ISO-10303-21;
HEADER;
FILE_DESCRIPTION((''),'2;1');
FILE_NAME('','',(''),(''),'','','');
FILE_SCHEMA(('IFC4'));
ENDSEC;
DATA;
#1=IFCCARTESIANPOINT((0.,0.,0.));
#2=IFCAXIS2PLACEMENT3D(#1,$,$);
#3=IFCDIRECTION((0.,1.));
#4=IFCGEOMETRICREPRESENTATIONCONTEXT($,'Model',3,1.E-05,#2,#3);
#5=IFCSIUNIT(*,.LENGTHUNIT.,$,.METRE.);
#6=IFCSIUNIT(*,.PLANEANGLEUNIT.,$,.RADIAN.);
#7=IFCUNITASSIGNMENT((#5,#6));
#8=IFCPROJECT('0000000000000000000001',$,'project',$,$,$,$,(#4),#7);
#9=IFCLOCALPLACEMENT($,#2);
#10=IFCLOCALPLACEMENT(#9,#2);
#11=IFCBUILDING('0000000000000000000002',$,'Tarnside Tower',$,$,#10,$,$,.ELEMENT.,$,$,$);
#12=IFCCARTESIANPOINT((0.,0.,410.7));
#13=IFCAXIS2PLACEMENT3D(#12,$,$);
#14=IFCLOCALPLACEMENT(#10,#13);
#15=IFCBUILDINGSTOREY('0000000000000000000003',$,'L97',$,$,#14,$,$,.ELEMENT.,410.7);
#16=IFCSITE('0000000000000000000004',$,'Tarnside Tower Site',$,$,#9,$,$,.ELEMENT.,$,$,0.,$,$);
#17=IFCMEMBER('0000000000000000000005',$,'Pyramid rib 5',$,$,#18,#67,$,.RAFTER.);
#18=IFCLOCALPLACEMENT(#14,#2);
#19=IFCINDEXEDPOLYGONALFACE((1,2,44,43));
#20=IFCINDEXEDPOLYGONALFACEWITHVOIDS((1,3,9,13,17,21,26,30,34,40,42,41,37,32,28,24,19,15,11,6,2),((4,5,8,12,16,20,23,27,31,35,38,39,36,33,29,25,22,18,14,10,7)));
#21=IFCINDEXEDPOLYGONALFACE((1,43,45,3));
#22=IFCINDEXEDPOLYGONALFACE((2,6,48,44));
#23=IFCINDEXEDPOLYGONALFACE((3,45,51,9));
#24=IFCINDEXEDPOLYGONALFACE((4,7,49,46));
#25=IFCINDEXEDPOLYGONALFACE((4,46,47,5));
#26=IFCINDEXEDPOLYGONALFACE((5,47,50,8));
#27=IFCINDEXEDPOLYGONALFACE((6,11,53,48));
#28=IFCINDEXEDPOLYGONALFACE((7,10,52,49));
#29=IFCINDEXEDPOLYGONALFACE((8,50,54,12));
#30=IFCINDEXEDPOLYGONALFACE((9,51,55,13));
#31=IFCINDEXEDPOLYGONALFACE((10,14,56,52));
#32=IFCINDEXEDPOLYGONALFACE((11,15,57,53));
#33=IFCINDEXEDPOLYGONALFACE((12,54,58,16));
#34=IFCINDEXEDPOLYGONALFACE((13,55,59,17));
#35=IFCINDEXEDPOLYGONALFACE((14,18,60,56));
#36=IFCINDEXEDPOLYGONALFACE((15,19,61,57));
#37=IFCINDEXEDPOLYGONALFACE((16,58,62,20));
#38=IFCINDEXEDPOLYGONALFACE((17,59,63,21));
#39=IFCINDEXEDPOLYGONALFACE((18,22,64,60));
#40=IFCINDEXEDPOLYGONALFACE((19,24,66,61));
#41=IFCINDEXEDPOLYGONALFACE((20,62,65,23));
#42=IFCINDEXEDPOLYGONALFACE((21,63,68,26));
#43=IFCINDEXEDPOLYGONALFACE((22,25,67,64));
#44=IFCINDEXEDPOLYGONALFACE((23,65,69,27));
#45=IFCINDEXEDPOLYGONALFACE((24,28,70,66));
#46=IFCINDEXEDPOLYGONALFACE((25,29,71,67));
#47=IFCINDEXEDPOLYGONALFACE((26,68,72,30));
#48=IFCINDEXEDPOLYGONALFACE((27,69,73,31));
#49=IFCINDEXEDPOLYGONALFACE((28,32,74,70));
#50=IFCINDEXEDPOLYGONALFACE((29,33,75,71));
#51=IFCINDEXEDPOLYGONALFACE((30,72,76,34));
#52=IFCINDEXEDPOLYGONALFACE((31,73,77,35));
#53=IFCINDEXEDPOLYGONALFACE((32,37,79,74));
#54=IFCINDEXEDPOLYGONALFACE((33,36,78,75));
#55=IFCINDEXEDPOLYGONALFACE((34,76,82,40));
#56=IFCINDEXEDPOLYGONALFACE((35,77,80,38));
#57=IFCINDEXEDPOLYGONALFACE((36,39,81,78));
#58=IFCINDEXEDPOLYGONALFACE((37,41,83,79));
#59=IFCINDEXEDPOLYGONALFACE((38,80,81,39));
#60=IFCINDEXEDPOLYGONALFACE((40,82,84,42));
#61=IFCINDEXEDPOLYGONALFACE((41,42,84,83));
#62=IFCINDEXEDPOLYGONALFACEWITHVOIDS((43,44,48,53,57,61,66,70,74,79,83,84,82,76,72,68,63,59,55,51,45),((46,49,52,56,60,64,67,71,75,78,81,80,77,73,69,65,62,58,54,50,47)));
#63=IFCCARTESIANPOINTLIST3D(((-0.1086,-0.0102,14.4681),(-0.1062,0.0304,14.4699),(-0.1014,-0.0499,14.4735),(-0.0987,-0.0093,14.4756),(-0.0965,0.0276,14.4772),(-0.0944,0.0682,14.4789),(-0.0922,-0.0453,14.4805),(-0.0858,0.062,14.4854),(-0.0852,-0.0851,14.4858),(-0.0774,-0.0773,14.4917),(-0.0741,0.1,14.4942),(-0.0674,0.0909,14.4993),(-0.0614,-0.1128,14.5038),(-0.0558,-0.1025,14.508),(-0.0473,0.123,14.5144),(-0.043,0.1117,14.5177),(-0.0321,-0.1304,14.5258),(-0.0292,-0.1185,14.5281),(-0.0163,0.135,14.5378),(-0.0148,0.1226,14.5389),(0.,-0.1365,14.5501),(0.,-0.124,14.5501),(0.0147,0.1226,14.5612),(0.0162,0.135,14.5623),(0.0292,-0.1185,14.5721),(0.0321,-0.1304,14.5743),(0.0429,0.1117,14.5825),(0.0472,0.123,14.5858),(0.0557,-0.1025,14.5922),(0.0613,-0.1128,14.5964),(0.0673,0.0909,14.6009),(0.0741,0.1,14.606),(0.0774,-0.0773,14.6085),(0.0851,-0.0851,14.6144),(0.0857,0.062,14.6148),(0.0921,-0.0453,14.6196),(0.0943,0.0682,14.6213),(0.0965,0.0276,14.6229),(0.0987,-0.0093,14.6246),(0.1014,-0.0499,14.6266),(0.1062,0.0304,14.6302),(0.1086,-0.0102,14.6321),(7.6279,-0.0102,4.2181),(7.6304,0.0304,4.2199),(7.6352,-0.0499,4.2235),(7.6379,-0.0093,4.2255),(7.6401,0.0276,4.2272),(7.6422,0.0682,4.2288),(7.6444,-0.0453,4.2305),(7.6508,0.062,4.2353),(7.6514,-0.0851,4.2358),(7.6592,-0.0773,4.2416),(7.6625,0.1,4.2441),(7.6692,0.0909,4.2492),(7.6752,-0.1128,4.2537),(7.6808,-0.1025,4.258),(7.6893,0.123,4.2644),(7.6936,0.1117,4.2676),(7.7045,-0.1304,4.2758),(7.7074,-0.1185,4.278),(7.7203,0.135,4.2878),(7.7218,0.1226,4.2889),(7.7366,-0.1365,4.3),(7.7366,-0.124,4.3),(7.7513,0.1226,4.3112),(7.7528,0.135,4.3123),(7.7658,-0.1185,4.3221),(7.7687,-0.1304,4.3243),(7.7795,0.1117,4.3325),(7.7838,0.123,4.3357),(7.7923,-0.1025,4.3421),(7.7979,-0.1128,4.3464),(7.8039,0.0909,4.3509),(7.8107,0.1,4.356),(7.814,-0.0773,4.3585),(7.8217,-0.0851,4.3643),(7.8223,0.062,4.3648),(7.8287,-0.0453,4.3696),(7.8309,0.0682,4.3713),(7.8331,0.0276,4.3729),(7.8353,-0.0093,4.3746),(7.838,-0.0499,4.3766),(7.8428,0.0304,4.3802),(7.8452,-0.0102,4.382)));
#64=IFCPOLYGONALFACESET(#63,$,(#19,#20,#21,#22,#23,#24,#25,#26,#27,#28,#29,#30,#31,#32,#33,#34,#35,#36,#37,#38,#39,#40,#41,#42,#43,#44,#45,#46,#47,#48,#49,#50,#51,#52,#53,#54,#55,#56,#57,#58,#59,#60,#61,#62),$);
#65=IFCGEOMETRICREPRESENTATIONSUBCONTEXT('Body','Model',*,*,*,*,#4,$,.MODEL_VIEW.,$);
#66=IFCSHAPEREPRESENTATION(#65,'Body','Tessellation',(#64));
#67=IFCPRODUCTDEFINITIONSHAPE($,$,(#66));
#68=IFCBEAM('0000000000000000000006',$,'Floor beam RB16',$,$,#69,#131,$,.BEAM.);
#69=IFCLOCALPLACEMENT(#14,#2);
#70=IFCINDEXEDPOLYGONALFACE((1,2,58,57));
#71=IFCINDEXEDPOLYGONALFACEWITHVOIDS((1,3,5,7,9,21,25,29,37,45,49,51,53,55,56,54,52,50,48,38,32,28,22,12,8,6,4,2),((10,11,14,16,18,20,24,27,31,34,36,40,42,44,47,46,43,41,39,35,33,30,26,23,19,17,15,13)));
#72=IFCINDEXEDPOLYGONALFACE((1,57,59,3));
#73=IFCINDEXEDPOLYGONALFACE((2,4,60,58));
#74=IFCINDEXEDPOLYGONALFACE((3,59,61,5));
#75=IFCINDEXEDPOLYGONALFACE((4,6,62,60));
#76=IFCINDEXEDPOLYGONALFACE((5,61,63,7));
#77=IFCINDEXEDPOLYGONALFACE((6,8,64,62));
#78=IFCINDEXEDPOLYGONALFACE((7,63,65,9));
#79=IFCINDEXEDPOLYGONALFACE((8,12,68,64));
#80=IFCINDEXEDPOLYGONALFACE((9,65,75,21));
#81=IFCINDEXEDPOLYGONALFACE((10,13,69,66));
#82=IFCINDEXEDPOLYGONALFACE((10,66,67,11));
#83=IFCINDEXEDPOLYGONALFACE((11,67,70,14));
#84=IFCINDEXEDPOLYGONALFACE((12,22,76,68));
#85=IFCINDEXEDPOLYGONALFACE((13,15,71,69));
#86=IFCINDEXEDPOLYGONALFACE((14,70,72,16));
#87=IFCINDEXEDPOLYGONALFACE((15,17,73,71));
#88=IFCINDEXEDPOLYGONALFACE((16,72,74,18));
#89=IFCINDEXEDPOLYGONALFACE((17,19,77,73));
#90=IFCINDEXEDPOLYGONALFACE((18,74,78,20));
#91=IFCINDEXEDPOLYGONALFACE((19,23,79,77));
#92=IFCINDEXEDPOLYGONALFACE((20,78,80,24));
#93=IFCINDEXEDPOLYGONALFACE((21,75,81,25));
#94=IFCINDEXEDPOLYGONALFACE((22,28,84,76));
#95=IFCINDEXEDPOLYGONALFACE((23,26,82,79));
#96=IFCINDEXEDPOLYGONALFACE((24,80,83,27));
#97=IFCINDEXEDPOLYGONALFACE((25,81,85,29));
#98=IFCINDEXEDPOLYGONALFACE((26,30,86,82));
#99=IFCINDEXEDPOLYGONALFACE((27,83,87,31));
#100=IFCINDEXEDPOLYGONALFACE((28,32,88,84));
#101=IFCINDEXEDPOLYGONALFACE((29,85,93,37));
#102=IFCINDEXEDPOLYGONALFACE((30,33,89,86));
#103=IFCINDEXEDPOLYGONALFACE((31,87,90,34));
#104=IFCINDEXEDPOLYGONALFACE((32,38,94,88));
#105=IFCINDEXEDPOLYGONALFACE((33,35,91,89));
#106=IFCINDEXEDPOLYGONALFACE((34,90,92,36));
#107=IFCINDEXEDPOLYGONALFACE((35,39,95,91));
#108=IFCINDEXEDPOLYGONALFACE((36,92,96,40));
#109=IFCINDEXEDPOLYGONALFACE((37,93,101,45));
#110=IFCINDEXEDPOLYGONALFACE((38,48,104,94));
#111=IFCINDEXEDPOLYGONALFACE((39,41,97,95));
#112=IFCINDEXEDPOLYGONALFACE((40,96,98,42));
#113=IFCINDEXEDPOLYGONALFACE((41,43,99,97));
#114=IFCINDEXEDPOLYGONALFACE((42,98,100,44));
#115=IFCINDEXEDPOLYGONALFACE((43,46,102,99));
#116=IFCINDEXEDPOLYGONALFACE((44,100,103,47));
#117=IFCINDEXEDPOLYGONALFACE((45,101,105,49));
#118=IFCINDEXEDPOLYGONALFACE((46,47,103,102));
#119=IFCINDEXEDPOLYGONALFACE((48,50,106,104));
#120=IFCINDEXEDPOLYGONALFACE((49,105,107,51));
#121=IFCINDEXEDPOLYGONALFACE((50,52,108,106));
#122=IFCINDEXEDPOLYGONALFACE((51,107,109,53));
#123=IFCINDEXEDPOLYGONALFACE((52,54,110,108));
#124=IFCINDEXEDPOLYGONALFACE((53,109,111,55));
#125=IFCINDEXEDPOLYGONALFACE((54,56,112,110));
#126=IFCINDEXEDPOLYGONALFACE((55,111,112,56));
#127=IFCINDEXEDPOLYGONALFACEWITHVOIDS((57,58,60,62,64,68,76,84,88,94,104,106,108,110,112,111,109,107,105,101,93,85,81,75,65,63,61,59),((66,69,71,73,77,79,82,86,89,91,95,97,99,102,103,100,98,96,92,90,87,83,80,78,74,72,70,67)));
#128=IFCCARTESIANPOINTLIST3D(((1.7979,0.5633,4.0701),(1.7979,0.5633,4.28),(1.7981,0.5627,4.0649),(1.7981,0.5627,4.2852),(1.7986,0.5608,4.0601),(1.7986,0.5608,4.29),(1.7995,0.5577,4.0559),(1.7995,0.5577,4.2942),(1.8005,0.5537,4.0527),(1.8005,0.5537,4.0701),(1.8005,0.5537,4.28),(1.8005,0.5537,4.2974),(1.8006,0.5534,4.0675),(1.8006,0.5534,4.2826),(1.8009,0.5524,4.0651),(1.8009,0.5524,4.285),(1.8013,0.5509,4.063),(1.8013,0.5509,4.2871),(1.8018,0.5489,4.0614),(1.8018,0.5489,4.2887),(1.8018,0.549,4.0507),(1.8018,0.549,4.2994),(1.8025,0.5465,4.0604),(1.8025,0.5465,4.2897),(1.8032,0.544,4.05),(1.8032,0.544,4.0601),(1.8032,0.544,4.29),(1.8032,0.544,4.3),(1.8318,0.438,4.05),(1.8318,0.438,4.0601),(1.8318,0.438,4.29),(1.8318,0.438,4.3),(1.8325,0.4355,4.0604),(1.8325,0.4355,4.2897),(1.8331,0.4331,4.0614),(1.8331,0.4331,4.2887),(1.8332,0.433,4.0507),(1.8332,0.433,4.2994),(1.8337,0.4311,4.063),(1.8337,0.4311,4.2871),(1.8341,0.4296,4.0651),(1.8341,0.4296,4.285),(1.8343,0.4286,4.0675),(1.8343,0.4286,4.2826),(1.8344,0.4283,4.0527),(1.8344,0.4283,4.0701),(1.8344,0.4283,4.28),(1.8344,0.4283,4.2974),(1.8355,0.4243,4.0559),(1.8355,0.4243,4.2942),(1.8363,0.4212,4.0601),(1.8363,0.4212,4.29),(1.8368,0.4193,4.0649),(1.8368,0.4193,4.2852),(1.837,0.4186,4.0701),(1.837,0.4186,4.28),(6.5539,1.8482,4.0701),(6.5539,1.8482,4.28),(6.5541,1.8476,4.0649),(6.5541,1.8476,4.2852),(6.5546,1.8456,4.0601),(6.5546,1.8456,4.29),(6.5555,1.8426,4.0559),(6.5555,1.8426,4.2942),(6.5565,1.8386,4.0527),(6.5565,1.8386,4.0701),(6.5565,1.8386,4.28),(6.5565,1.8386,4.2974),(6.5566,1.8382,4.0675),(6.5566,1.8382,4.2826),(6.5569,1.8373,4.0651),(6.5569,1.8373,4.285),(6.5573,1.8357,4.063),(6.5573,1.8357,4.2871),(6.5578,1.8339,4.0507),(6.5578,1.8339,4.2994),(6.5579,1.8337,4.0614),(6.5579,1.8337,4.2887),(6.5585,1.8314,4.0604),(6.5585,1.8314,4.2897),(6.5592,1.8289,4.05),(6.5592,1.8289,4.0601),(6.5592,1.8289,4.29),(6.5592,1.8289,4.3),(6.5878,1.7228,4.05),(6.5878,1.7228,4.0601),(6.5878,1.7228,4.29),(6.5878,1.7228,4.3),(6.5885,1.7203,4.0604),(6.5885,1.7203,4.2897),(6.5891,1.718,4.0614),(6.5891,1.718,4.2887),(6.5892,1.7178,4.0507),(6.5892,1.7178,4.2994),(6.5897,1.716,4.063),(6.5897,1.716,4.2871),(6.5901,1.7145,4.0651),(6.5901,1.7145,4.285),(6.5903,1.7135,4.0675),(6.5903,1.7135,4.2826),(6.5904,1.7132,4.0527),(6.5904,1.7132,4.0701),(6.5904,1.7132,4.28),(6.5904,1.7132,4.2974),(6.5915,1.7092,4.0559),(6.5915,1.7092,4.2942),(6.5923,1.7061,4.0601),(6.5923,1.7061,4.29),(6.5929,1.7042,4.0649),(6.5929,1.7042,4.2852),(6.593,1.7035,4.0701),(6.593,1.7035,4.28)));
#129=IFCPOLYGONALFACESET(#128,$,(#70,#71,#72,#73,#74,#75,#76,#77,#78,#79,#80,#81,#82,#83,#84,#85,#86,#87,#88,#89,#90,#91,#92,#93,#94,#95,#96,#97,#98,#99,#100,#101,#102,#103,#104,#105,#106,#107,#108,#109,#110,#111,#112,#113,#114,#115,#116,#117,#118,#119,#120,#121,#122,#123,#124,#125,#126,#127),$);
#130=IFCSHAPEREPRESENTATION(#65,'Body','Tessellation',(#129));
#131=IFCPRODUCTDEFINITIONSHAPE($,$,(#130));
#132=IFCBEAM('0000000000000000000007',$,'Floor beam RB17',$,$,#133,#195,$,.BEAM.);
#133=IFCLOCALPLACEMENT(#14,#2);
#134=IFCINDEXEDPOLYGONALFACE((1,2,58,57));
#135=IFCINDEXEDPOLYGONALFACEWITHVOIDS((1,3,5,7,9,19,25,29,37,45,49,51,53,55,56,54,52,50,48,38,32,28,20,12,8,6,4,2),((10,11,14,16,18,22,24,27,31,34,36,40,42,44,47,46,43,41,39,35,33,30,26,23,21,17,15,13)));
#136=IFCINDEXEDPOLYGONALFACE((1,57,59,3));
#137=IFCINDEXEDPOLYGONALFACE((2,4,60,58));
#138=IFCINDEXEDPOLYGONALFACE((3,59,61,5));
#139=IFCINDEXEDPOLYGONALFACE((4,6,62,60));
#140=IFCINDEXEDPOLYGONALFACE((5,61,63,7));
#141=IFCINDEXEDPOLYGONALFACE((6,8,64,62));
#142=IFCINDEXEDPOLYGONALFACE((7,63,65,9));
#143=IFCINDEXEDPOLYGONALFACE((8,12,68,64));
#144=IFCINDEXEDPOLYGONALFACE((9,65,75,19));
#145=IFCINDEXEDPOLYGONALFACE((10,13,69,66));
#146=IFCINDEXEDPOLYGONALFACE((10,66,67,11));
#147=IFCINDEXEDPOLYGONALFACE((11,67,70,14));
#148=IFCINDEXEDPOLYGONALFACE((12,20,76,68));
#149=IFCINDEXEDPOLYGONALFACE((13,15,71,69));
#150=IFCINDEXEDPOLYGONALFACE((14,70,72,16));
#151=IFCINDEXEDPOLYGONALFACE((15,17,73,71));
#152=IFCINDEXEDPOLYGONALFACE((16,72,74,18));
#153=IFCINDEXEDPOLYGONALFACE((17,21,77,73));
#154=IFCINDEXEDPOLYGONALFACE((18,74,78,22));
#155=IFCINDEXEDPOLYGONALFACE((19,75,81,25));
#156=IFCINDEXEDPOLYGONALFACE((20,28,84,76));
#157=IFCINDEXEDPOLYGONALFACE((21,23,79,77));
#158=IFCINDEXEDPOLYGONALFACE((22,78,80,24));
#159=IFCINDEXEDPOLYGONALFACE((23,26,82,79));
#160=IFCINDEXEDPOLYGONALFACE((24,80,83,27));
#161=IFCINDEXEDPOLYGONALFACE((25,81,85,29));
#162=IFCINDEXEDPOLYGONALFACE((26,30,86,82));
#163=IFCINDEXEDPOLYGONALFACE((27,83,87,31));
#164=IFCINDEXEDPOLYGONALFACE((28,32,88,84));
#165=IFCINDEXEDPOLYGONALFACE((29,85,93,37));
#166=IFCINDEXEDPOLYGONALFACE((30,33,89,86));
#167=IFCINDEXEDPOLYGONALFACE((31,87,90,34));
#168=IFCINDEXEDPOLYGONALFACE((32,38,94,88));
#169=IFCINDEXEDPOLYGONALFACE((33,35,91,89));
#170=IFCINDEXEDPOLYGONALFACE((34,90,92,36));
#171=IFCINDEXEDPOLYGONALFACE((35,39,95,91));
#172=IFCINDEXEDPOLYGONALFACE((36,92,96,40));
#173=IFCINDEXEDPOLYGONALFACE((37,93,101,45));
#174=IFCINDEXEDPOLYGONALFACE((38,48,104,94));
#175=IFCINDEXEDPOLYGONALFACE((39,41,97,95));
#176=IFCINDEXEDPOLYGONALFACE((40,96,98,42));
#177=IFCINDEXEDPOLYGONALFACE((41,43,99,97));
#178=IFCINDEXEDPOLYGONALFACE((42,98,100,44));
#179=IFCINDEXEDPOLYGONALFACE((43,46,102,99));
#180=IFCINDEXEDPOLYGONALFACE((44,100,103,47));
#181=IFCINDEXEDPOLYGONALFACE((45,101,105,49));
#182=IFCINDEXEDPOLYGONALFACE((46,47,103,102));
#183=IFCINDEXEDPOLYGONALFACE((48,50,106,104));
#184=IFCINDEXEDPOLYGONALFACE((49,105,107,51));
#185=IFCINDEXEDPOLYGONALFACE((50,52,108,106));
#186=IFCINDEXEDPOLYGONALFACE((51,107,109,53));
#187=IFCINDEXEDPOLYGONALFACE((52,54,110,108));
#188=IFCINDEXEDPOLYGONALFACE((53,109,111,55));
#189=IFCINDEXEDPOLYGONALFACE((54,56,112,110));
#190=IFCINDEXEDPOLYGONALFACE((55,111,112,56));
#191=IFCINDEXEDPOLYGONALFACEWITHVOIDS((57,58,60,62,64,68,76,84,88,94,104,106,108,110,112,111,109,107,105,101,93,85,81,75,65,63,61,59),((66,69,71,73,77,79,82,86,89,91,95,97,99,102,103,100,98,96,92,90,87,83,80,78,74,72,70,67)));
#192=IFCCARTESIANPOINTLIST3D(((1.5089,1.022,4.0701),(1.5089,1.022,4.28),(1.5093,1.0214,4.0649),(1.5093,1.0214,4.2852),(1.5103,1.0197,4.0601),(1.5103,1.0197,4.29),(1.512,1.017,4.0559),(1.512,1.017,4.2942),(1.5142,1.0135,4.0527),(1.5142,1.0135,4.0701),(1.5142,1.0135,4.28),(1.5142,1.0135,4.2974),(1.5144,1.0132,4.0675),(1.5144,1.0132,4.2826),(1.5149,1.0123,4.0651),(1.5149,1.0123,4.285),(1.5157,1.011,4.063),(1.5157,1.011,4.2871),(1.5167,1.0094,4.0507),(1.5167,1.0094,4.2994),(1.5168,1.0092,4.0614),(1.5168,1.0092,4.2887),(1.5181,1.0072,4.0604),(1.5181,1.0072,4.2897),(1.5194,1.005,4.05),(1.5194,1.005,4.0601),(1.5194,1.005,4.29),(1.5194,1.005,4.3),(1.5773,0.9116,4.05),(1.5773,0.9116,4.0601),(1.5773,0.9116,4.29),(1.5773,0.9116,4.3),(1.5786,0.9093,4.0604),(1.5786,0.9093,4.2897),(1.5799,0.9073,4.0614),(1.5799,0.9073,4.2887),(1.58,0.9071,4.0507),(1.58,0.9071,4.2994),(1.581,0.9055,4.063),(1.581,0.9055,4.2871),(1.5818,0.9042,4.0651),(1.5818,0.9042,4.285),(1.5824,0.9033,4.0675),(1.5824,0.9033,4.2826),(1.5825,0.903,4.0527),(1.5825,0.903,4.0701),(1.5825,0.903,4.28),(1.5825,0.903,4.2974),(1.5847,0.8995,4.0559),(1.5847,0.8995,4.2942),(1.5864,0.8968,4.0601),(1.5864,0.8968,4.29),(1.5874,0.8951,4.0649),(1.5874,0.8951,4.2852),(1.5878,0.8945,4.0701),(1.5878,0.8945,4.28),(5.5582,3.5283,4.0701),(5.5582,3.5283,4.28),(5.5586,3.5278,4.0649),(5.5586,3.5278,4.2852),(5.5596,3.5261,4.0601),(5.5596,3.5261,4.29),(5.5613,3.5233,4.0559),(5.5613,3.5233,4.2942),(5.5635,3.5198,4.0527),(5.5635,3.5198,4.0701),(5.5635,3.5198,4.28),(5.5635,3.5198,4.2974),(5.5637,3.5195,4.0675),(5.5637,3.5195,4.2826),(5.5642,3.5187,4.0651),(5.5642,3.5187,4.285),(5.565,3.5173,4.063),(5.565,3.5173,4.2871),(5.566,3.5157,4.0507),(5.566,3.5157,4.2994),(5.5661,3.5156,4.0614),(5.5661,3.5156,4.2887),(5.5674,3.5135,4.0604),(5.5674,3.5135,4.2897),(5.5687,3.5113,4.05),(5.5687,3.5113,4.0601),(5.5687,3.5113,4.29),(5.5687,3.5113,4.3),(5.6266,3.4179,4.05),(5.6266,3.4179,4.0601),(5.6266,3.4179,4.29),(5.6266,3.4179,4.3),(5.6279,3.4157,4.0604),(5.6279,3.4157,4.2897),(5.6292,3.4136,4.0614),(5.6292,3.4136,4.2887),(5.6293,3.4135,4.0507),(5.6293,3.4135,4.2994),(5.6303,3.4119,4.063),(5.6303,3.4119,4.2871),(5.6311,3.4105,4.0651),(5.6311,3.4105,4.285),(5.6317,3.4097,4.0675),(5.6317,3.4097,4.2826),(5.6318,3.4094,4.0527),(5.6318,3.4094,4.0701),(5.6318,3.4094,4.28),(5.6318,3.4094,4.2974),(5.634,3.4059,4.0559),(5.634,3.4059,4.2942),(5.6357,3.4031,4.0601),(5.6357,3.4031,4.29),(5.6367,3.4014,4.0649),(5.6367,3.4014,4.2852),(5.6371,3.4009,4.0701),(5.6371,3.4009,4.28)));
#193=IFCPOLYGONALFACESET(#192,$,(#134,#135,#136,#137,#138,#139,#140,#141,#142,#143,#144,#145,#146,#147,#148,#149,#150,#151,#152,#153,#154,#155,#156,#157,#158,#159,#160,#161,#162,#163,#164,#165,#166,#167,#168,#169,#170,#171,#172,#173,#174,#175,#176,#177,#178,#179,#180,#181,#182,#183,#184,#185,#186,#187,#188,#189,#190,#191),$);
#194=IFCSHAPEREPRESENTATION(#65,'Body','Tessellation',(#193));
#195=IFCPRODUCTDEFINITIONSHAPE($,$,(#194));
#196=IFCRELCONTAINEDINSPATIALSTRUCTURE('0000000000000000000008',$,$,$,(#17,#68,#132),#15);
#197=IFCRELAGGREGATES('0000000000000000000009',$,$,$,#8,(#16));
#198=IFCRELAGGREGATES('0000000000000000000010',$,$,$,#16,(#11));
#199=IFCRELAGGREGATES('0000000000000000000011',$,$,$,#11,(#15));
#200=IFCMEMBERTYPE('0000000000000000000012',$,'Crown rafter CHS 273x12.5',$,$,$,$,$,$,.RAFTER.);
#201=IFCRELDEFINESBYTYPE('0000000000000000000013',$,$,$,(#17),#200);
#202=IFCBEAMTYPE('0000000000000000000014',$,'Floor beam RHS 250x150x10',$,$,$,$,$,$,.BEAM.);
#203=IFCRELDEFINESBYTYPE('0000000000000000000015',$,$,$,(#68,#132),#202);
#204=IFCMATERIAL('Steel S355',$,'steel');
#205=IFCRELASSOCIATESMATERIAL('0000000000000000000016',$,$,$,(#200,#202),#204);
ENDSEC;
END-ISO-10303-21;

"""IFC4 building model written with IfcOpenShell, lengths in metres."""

from ifc_helpers import new_model, si_unit, direction, frame, origin, origin_2d, place, context, subcontext, project, spatial, hollow_rectangle, hollow_circle, extrude, material, material_profile, profile_set, type_object, element, save


model = new_model("IFC4")

# Units and contexts
model_context = context("Model", 3, precision=1e-05, world=origin(), true_north=direction((0.0, 1.0)))
body_context = subcontext(model_context, "Body", "Model", "MODEL_VIEW")
ifc_project = project(units=[si_unit("LENGTHUNIT", "METRE"), si_unit("PLANEANGLEUNIT", "RADIAN")], contexts=[model_context])

# Site, building, storey
site_placement = place(None, origin())
site = spatial("IfcSite", under=ifc_project, at=site_placement, Name="Tarnside Tower Site", CompositionType="ELEMENT", RefElevation=0.0)
building_placement = place(site_placement, origin())
building = spatial("IfcBuilding", under=site, at=building_placement, Name="Tarnside Tower", CompositionType="ELEMENT")
storey_placement = place(building_placement, frame((0.0, 0.0, 410.7)))
storey = spatial("IfcBuildingStorey", under=building, at=storey_placement, Name="L97", CompositionType="ELEMENT", Elevation=410.7)

# Member
ifc_material_1 = material(Name="Steel S355", Category="steel")
ifc_material_profile_1 = material_profile(ifc_material_1, hollow_circle(Radius=0.1365, WallThickness=0.0125, at=origin_2d()), Name="CHS 273x12.5")
ifc_profile_set_1 = profile_set([ifc_material_profile_1], Name="Steel S355")
member_type_1 = type_object("IfcMemberType", Name="Crown rafter CHS 273x12.5", PredefinedType="RAFTER", material=ifc_profile_set_1)
member_1_placement = place(storey_placement, frame((7.7366, 0.0, 4.3), z_axis=(-0.602443, 0.0, 0.798162), x_axis=(0.0, -1.0, 0.0)))
element("IfcMember", 1, at=member_1_placement, inside=storey, type_object=member_type_1, Name="Pyramid rib 5", PredefinedType="RAFTER", context=body_context, shape_type="SweptSolid", body=[
    extrude(hollow_circle(Radius=0.1365, WallThickness=0.0125, at=origin_2d()), origin(), (0.0, 0.0, 1.0), 12.842),
])

# Beams
ifc_material_profile_2 = material_profile(ifc_material_1, hollow_rectangle(XDim=0.1499, YDim=0.25, WallThickness=0.01, InnerFilletRadius=0.01, OuterFilletRadius=0.02, at=origin_2d()), Name="RHS 250x150x10")
ifc_profile_set_2 = profile_set([ifc_material_profile_2], Name="Steel S355")
beam_type_1 = type_object("IfcBeamType", Name="Floor beam RHS 250x150x10", PredefinedType="BEAM", material=ifc_profile_set_2)
beam_1_placement = place(storey_placement, frame((6.5735, 1.7759, 4.175), z_axis=(-0.96539, -0.26081, 0.0), x_axis=(0.26081, -0.96539, 0.0)))
element("IfcBeam", 2, at=beam_1_placement, inside=storey, type_object=beam_type_1, Name="Floor beam RB16", PredefinedType="BEAM", context=body_context, shape_type="SweptSolid", body=[
    extrude(hollow_rectangle(XDim=0.1499, YDim=0.25, WallThickness=0.01, InnerFilletRadius=0.01, OuterFilletRadius=0.02, at=origin_2d()), origin(), (0.0, 0.0, 1.0), 4.9265),
])
beam_2_placement = place(storey_placement, frame((5.5977, 3.4646, 4.175), z_axis=(-0.8503, -0.526298, 0.0), x_axis=(0.526298, -0.8503, 0.0)))
element("IfcBeam", 3, at=beam_2_placement, inside=storey, type_object=beam_type_1, Name="Floor beam RB17", PredefinedType="BEAM", context=body_context, shape_type="SweptSolid", body=[
    extrude(hollow_rectangle(XDim=0.1499, YDim=0.25, WallThickness=0.01, InnerFilletRadius=0.01, OuterFilletRadius=0.02, at=origin_2d()), origin(), (0.0, 0.0, 1.0), 4.7622),
])

save(model, "model.ifc")
